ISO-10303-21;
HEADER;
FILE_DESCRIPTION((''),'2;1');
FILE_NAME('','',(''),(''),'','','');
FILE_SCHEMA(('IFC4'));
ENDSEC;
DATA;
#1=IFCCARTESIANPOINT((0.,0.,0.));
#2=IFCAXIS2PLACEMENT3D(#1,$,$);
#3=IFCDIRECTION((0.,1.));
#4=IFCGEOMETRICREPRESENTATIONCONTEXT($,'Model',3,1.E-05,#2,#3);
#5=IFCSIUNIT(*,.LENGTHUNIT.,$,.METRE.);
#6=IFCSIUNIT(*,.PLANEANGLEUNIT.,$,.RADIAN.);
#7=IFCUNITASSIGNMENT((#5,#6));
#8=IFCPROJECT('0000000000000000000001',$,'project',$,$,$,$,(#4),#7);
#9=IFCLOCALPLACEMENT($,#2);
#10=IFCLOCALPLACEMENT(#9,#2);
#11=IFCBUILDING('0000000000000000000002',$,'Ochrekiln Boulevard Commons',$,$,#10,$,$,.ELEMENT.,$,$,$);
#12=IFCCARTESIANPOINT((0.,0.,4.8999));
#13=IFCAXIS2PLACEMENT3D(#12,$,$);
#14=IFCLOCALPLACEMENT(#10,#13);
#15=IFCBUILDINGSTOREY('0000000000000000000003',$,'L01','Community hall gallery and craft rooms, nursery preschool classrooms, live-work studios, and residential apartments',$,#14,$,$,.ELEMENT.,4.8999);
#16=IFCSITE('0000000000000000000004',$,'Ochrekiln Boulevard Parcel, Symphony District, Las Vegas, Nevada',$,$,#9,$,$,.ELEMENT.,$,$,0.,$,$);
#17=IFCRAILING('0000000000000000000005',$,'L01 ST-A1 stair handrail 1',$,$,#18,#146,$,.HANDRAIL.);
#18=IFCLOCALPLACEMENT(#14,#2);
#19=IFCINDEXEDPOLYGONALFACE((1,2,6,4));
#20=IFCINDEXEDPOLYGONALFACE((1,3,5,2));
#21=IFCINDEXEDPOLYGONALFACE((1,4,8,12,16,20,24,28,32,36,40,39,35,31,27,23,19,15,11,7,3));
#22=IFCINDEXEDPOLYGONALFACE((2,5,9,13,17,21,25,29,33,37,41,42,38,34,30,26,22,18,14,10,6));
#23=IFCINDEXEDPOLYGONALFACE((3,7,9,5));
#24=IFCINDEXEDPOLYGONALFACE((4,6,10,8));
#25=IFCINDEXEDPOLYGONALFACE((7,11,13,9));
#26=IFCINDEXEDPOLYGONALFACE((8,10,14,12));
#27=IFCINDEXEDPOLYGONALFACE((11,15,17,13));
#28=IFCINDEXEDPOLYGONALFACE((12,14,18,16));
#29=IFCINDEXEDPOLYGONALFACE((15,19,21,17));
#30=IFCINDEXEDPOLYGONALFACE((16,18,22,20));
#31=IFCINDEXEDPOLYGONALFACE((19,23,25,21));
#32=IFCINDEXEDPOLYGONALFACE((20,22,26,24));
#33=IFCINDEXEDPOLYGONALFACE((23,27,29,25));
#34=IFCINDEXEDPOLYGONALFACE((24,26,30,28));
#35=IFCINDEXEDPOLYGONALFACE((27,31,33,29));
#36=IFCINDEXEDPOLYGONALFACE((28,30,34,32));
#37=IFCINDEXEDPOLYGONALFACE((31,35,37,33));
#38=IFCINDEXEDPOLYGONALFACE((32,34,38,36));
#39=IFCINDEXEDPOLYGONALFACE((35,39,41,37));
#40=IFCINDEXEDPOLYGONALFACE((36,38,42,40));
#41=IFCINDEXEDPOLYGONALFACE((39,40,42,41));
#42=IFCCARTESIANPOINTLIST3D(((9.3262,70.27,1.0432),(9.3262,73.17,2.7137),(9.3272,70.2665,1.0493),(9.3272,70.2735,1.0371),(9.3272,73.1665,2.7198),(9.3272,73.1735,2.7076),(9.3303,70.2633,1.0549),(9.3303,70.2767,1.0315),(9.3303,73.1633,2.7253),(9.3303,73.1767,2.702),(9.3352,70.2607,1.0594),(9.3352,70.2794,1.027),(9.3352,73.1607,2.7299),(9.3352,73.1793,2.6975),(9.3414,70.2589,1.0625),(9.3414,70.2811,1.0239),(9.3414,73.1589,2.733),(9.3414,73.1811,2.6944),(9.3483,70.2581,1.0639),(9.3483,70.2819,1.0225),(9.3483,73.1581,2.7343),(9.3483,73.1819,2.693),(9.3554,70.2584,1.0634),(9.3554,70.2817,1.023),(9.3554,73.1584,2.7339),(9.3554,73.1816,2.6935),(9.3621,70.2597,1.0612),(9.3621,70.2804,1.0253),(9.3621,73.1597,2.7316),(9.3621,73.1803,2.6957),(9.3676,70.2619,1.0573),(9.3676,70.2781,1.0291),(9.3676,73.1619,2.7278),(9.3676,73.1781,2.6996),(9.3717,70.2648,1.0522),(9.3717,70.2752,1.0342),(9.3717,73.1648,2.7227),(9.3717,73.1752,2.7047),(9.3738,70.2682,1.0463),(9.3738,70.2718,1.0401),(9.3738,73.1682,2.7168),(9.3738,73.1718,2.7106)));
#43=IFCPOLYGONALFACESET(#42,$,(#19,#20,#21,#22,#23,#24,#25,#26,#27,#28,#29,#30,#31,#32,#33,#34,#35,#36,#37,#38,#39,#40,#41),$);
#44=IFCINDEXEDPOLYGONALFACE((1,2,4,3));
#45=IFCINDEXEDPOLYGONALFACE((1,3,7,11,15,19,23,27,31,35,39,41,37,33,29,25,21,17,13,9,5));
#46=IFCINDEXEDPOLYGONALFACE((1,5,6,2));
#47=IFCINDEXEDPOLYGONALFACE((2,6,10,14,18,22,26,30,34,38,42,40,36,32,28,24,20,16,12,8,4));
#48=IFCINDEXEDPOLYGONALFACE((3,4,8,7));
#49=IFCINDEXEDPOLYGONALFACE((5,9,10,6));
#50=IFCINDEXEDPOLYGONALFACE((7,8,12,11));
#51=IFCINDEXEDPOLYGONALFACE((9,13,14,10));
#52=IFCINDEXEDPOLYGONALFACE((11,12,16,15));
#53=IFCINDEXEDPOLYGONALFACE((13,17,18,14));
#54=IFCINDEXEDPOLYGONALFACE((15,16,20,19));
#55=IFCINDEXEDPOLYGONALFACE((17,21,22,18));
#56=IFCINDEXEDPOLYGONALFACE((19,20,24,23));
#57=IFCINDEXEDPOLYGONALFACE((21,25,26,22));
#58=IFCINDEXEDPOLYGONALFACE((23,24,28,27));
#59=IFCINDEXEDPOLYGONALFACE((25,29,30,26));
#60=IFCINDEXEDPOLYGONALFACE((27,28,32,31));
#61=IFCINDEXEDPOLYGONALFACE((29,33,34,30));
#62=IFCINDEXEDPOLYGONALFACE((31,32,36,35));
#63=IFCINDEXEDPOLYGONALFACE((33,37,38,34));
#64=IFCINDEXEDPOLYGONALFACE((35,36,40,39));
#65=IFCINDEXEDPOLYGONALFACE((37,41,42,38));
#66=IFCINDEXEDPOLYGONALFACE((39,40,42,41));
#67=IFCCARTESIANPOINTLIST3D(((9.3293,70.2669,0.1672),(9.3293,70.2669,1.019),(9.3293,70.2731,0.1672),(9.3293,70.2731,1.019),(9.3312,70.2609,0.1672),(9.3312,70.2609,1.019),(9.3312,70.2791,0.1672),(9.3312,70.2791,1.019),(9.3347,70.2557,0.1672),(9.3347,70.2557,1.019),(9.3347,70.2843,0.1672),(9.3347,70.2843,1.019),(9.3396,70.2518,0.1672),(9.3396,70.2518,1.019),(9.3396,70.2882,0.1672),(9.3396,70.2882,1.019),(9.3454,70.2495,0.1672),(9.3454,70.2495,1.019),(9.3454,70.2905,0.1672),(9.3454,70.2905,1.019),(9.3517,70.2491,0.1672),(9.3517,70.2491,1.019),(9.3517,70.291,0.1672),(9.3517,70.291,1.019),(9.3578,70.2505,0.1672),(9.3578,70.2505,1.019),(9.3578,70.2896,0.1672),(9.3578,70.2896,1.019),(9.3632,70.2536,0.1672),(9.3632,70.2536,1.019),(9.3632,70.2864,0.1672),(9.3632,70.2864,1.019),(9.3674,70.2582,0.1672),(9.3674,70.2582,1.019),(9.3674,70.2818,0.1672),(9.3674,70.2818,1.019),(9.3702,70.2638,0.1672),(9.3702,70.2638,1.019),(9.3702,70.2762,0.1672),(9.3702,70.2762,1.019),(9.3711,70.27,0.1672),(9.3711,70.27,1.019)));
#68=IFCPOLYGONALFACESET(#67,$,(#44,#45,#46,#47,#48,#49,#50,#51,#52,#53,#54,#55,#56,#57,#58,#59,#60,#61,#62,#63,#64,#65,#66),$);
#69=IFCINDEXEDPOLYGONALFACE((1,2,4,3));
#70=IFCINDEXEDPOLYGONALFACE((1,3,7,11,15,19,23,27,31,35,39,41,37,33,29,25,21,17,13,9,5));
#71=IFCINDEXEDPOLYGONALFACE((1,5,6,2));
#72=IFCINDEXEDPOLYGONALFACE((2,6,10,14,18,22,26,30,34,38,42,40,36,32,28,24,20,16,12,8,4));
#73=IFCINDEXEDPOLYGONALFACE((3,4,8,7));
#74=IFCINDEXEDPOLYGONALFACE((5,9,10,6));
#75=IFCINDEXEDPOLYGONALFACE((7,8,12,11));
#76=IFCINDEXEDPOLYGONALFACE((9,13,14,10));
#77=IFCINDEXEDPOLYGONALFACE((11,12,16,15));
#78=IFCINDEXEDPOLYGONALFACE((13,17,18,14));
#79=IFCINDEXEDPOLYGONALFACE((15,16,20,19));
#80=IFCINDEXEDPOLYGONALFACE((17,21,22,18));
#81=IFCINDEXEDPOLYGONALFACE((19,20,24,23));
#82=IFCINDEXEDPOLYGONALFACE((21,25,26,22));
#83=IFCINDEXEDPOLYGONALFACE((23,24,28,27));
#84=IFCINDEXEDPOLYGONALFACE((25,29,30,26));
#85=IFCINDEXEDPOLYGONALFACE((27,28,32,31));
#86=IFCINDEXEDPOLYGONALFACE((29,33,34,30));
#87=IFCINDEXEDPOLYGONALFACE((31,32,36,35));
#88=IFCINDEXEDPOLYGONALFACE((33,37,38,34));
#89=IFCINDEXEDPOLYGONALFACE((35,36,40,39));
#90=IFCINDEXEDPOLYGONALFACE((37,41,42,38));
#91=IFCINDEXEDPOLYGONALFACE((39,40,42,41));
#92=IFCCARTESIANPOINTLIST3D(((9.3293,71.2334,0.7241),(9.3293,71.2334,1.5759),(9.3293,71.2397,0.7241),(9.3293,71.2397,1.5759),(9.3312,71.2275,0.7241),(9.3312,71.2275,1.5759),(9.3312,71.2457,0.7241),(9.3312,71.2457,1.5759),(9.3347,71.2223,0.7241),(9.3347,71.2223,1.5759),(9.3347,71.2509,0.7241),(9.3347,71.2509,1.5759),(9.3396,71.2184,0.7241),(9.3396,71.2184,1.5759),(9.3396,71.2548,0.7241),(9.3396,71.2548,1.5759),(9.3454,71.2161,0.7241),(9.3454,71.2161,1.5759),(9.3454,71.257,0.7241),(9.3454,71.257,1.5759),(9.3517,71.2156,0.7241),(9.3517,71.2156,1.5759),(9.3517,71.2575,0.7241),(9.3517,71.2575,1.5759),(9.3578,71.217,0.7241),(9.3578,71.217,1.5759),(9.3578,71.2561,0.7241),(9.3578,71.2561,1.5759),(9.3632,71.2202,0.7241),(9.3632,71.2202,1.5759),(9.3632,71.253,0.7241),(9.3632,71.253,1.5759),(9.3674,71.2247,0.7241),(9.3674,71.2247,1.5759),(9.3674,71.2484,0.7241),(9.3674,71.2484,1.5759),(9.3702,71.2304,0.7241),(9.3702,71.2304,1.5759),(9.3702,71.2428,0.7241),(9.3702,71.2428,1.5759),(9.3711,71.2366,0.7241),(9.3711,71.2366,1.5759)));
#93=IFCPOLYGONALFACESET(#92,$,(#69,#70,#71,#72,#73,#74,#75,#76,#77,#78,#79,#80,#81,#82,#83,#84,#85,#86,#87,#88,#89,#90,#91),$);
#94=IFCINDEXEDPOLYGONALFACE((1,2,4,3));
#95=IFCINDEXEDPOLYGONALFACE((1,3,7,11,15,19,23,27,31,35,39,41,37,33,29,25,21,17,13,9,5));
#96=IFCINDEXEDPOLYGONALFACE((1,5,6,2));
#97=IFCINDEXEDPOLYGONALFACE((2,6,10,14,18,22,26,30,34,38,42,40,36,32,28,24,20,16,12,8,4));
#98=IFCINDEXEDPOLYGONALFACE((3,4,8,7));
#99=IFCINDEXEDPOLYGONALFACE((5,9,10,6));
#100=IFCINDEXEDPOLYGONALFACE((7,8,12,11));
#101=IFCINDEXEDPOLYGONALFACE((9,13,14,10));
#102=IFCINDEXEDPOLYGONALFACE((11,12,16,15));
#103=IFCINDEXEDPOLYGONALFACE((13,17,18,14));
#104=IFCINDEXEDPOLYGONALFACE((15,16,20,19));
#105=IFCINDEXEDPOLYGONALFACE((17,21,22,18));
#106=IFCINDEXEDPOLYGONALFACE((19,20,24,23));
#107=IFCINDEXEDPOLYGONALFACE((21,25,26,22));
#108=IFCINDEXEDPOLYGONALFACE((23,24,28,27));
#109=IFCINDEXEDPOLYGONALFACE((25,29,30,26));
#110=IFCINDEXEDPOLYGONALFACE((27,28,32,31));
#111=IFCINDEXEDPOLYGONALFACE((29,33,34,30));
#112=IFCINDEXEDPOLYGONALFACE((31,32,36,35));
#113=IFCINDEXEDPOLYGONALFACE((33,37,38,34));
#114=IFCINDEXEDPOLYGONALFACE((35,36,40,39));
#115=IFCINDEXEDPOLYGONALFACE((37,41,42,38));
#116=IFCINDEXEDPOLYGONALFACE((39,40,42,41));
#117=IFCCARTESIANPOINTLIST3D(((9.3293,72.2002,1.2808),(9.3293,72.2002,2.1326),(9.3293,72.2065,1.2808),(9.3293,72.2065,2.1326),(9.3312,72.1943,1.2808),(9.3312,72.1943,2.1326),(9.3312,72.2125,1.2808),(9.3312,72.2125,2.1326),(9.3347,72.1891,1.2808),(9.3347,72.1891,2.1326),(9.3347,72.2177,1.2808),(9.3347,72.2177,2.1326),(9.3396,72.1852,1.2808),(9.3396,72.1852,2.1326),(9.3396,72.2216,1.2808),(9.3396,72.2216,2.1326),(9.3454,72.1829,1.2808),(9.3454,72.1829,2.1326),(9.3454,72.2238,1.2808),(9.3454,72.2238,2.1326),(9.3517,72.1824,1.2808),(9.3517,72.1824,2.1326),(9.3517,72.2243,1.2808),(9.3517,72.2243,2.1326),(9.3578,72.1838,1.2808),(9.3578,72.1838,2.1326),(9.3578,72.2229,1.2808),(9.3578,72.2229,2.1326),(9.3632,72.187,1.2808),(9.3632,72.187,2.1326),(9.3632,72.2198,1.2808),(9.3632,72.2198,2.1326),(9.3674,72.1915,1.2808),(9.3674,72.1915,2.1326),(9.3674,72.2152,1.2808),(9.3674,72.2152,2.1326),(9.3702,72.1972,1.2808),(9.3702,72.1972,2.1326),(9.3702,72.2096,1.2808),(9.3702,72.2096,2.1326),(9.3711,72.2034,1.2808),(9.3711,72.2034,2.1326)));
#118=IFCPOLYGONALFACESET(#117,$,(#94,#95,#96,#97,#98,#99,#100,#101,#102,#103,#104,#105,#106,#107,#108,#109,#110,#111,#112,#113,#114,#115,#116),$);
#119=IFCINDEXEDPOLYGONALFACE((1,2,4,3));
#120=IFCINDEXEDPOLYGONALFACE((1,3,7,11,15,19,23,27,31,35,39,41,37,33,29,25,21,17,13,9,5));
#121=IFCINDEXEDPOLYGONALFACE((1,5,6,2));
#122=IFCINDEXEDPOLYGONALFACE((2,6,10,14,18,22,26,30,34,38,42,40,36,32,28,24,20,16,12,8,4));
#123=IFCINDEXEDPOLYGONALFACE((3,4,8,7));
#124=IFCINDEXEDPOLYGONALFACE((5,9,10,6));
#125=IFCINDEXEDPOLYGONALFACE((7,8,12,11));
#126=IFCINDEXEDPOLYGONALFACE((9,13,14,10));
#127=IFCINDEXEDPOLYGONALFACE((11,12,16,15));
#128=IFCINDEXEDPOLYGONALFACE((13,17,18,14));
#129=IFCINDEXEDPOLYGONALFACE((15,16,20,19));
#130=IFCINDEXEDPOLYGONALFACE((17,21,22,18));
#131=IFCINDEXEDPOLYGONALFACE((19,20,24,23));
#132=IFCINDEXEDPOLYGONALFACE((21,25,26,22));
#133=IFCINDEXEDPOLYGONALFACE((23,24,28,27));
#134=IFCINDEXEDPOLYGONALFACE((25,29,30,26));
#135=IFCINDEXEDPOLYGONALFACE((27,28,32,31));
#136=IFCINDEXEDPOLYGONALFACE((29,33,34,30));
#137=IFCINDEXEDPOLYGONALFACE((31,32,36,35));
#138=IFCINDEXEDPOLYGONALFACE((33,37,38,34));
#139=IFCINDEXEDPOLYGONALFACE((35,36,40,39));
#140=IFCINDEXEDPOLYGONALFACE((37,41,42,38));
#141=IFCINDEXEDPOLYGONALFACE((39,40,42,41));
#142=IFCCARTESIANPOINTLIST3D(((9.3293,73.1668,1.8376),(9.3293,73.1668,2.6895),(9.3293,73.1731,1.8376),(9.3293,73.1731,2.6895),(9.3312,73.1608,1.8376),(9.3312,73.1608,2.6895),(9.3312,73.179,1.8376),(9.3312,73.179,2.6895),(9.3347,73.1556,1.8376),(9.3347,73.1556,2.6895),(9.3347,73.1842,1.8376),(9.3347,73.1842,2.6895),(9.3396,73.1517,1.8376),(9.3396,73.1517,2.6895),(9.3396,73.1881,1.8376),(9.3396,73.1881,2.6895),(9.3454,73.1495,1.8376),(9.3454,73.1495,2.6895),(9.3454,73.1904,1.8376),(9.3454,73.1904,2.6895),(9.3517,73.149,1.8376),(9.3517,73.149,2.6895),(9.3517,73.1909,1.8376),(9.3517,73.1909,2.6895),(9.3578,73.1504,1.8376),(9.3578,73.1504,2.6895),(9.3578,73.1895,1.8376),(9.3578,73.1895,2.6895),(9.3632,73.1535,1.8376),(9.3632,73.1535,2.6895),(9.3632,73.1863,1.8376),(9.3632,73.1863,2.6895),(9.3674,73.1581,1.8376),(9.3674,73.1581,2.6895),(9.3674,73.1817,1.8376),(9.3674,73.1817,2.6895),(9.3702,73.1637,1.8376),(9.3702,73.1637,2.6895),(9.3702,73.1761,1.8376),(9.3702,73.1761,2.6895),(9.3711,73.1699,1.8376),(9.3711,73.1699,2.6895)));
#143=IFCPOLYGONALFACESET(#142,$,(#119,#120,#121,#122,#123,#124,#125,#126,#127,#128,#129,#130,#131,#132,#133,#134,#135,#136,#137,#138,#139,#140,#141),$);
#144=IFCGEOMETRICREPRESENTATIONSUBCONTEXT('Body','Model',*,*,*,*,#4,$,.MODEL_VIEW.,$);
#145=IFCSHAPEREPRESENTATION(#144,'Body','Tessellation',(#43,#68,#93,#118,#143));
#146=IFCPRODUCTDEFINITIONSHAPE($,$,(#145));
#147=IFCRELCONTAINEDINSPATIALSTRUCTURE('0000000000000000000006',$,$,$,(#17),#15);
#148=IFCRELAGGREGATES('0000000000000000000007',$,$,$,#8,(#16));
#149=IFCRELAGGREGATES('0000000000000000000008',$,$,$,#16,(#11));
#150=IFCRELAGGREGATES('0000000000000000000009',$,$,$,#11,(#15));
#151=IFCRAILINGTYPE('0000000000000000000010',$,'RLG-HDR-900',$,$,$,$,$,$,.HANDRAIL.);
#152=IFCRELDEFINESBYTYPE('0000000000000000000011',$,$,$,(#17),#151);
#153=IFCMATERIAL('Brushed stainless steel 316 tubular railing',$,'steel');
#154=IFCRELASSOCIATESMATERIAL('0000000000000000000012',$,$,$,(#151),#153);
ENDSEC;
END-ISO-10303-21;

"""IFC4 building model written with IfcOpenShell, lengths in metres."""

from ifc_helpers import new_model, si_unit, direction, frame, origin, origin_2d, place, context, subcontext, project, spatial, circle, extrude, material, type_object, element, save


model = new_model("IFC4")

# Units and contexts
model_context = context("Model", 3, precision=1e-05, world=origin(), true_north=direction((0.0, 1.0)))
body_context = subcontext(model_context, "Body", "Model", "MODEL_VIEW")
ifc_project = project(units=[si_unit("LENGTHUNIT", "METRE"), si_unit("PLANEANGLEUNIT", "RADIAN")], contexts=[model_context])

# Site, building, storey
site_placement = place(None, origin())
site = spatial("IfcSite", under=ifc_project, at=site_placement, Name="Ochrekiln Boulevard Parcel, Symphony District, Las Vegas, Nevada", CompositionType="ELEMENT", RefElevation=0.0)
building_placement = place(site_placement, origin())
building = spatial("IfcBuilding", under=site, at=building_placement, Name="Ochrekiln Boulevard Commons", CompositionType="ELEMENT")
storey_placement = place(building_placement, frame((0.0, 0.0, 4.8999)))
storey = spatial("IfcBuildingStorey", under=building, at=storey_placement, Name="L01", Description="Community hall gallery and craft rooms, nursery preschool classrooms, live-work studios, and residential apartments", CompositionType="ELEMENT", Elevation=4.8999)

# Railing
ifc_material_1 = material(Name="Brushed stainless steel 316 tubular railing", Category="steel")
railing_type = type_object("IfcRailingType", Name="RLG-HDR-900", PredefinedType="HANDRAIL", material=ifc_material_1)
railing_placement = place(storey_placement, frame((9.3501, 70.27, 0.1672)))
element("IfcRailing", 1, at=railing_placement, inside=storey, type_object=railing_type, Name="L01 ST-A1 stair handrail 1", PredefinedType="HANDRAIL", context=body_context, shape_type="SweptSolid", body=[
    extrude(circle(Radius=0.0239, at=origin_2d()), frame((0.0, 0.0, 0.876), z_axis=(0.0, 0.866523, 0.499137), x_axis=(-1.0, 0.0, 0.0)), (0.0, 0.0, 1.0), 3.3467),
    extrude(circle(Radius=0.021, at=origin_2d()), origin(), (0.0, 0.0, 1.0), 0.8518),
    extrude(circle(Radius=0.021, at=origin_2d()), frame((0.0, 0.9666, 0.5569)), (0.0, 0.0, 1.0), 0.8518),
    extrude(circle(Radius=0.021, at=origin_2d()), frame((0.0, 1.9333, 1.1135)), (0.0, 0.0, 1.0), 0.8518),
    extrude(circle(Radius=0.021, at=origin_2d()), frame((0.0, 2.8999, 1.6704)), (0.0, 0.0, 1.0), 0.8518),
])

save(model, "model.ifc")
